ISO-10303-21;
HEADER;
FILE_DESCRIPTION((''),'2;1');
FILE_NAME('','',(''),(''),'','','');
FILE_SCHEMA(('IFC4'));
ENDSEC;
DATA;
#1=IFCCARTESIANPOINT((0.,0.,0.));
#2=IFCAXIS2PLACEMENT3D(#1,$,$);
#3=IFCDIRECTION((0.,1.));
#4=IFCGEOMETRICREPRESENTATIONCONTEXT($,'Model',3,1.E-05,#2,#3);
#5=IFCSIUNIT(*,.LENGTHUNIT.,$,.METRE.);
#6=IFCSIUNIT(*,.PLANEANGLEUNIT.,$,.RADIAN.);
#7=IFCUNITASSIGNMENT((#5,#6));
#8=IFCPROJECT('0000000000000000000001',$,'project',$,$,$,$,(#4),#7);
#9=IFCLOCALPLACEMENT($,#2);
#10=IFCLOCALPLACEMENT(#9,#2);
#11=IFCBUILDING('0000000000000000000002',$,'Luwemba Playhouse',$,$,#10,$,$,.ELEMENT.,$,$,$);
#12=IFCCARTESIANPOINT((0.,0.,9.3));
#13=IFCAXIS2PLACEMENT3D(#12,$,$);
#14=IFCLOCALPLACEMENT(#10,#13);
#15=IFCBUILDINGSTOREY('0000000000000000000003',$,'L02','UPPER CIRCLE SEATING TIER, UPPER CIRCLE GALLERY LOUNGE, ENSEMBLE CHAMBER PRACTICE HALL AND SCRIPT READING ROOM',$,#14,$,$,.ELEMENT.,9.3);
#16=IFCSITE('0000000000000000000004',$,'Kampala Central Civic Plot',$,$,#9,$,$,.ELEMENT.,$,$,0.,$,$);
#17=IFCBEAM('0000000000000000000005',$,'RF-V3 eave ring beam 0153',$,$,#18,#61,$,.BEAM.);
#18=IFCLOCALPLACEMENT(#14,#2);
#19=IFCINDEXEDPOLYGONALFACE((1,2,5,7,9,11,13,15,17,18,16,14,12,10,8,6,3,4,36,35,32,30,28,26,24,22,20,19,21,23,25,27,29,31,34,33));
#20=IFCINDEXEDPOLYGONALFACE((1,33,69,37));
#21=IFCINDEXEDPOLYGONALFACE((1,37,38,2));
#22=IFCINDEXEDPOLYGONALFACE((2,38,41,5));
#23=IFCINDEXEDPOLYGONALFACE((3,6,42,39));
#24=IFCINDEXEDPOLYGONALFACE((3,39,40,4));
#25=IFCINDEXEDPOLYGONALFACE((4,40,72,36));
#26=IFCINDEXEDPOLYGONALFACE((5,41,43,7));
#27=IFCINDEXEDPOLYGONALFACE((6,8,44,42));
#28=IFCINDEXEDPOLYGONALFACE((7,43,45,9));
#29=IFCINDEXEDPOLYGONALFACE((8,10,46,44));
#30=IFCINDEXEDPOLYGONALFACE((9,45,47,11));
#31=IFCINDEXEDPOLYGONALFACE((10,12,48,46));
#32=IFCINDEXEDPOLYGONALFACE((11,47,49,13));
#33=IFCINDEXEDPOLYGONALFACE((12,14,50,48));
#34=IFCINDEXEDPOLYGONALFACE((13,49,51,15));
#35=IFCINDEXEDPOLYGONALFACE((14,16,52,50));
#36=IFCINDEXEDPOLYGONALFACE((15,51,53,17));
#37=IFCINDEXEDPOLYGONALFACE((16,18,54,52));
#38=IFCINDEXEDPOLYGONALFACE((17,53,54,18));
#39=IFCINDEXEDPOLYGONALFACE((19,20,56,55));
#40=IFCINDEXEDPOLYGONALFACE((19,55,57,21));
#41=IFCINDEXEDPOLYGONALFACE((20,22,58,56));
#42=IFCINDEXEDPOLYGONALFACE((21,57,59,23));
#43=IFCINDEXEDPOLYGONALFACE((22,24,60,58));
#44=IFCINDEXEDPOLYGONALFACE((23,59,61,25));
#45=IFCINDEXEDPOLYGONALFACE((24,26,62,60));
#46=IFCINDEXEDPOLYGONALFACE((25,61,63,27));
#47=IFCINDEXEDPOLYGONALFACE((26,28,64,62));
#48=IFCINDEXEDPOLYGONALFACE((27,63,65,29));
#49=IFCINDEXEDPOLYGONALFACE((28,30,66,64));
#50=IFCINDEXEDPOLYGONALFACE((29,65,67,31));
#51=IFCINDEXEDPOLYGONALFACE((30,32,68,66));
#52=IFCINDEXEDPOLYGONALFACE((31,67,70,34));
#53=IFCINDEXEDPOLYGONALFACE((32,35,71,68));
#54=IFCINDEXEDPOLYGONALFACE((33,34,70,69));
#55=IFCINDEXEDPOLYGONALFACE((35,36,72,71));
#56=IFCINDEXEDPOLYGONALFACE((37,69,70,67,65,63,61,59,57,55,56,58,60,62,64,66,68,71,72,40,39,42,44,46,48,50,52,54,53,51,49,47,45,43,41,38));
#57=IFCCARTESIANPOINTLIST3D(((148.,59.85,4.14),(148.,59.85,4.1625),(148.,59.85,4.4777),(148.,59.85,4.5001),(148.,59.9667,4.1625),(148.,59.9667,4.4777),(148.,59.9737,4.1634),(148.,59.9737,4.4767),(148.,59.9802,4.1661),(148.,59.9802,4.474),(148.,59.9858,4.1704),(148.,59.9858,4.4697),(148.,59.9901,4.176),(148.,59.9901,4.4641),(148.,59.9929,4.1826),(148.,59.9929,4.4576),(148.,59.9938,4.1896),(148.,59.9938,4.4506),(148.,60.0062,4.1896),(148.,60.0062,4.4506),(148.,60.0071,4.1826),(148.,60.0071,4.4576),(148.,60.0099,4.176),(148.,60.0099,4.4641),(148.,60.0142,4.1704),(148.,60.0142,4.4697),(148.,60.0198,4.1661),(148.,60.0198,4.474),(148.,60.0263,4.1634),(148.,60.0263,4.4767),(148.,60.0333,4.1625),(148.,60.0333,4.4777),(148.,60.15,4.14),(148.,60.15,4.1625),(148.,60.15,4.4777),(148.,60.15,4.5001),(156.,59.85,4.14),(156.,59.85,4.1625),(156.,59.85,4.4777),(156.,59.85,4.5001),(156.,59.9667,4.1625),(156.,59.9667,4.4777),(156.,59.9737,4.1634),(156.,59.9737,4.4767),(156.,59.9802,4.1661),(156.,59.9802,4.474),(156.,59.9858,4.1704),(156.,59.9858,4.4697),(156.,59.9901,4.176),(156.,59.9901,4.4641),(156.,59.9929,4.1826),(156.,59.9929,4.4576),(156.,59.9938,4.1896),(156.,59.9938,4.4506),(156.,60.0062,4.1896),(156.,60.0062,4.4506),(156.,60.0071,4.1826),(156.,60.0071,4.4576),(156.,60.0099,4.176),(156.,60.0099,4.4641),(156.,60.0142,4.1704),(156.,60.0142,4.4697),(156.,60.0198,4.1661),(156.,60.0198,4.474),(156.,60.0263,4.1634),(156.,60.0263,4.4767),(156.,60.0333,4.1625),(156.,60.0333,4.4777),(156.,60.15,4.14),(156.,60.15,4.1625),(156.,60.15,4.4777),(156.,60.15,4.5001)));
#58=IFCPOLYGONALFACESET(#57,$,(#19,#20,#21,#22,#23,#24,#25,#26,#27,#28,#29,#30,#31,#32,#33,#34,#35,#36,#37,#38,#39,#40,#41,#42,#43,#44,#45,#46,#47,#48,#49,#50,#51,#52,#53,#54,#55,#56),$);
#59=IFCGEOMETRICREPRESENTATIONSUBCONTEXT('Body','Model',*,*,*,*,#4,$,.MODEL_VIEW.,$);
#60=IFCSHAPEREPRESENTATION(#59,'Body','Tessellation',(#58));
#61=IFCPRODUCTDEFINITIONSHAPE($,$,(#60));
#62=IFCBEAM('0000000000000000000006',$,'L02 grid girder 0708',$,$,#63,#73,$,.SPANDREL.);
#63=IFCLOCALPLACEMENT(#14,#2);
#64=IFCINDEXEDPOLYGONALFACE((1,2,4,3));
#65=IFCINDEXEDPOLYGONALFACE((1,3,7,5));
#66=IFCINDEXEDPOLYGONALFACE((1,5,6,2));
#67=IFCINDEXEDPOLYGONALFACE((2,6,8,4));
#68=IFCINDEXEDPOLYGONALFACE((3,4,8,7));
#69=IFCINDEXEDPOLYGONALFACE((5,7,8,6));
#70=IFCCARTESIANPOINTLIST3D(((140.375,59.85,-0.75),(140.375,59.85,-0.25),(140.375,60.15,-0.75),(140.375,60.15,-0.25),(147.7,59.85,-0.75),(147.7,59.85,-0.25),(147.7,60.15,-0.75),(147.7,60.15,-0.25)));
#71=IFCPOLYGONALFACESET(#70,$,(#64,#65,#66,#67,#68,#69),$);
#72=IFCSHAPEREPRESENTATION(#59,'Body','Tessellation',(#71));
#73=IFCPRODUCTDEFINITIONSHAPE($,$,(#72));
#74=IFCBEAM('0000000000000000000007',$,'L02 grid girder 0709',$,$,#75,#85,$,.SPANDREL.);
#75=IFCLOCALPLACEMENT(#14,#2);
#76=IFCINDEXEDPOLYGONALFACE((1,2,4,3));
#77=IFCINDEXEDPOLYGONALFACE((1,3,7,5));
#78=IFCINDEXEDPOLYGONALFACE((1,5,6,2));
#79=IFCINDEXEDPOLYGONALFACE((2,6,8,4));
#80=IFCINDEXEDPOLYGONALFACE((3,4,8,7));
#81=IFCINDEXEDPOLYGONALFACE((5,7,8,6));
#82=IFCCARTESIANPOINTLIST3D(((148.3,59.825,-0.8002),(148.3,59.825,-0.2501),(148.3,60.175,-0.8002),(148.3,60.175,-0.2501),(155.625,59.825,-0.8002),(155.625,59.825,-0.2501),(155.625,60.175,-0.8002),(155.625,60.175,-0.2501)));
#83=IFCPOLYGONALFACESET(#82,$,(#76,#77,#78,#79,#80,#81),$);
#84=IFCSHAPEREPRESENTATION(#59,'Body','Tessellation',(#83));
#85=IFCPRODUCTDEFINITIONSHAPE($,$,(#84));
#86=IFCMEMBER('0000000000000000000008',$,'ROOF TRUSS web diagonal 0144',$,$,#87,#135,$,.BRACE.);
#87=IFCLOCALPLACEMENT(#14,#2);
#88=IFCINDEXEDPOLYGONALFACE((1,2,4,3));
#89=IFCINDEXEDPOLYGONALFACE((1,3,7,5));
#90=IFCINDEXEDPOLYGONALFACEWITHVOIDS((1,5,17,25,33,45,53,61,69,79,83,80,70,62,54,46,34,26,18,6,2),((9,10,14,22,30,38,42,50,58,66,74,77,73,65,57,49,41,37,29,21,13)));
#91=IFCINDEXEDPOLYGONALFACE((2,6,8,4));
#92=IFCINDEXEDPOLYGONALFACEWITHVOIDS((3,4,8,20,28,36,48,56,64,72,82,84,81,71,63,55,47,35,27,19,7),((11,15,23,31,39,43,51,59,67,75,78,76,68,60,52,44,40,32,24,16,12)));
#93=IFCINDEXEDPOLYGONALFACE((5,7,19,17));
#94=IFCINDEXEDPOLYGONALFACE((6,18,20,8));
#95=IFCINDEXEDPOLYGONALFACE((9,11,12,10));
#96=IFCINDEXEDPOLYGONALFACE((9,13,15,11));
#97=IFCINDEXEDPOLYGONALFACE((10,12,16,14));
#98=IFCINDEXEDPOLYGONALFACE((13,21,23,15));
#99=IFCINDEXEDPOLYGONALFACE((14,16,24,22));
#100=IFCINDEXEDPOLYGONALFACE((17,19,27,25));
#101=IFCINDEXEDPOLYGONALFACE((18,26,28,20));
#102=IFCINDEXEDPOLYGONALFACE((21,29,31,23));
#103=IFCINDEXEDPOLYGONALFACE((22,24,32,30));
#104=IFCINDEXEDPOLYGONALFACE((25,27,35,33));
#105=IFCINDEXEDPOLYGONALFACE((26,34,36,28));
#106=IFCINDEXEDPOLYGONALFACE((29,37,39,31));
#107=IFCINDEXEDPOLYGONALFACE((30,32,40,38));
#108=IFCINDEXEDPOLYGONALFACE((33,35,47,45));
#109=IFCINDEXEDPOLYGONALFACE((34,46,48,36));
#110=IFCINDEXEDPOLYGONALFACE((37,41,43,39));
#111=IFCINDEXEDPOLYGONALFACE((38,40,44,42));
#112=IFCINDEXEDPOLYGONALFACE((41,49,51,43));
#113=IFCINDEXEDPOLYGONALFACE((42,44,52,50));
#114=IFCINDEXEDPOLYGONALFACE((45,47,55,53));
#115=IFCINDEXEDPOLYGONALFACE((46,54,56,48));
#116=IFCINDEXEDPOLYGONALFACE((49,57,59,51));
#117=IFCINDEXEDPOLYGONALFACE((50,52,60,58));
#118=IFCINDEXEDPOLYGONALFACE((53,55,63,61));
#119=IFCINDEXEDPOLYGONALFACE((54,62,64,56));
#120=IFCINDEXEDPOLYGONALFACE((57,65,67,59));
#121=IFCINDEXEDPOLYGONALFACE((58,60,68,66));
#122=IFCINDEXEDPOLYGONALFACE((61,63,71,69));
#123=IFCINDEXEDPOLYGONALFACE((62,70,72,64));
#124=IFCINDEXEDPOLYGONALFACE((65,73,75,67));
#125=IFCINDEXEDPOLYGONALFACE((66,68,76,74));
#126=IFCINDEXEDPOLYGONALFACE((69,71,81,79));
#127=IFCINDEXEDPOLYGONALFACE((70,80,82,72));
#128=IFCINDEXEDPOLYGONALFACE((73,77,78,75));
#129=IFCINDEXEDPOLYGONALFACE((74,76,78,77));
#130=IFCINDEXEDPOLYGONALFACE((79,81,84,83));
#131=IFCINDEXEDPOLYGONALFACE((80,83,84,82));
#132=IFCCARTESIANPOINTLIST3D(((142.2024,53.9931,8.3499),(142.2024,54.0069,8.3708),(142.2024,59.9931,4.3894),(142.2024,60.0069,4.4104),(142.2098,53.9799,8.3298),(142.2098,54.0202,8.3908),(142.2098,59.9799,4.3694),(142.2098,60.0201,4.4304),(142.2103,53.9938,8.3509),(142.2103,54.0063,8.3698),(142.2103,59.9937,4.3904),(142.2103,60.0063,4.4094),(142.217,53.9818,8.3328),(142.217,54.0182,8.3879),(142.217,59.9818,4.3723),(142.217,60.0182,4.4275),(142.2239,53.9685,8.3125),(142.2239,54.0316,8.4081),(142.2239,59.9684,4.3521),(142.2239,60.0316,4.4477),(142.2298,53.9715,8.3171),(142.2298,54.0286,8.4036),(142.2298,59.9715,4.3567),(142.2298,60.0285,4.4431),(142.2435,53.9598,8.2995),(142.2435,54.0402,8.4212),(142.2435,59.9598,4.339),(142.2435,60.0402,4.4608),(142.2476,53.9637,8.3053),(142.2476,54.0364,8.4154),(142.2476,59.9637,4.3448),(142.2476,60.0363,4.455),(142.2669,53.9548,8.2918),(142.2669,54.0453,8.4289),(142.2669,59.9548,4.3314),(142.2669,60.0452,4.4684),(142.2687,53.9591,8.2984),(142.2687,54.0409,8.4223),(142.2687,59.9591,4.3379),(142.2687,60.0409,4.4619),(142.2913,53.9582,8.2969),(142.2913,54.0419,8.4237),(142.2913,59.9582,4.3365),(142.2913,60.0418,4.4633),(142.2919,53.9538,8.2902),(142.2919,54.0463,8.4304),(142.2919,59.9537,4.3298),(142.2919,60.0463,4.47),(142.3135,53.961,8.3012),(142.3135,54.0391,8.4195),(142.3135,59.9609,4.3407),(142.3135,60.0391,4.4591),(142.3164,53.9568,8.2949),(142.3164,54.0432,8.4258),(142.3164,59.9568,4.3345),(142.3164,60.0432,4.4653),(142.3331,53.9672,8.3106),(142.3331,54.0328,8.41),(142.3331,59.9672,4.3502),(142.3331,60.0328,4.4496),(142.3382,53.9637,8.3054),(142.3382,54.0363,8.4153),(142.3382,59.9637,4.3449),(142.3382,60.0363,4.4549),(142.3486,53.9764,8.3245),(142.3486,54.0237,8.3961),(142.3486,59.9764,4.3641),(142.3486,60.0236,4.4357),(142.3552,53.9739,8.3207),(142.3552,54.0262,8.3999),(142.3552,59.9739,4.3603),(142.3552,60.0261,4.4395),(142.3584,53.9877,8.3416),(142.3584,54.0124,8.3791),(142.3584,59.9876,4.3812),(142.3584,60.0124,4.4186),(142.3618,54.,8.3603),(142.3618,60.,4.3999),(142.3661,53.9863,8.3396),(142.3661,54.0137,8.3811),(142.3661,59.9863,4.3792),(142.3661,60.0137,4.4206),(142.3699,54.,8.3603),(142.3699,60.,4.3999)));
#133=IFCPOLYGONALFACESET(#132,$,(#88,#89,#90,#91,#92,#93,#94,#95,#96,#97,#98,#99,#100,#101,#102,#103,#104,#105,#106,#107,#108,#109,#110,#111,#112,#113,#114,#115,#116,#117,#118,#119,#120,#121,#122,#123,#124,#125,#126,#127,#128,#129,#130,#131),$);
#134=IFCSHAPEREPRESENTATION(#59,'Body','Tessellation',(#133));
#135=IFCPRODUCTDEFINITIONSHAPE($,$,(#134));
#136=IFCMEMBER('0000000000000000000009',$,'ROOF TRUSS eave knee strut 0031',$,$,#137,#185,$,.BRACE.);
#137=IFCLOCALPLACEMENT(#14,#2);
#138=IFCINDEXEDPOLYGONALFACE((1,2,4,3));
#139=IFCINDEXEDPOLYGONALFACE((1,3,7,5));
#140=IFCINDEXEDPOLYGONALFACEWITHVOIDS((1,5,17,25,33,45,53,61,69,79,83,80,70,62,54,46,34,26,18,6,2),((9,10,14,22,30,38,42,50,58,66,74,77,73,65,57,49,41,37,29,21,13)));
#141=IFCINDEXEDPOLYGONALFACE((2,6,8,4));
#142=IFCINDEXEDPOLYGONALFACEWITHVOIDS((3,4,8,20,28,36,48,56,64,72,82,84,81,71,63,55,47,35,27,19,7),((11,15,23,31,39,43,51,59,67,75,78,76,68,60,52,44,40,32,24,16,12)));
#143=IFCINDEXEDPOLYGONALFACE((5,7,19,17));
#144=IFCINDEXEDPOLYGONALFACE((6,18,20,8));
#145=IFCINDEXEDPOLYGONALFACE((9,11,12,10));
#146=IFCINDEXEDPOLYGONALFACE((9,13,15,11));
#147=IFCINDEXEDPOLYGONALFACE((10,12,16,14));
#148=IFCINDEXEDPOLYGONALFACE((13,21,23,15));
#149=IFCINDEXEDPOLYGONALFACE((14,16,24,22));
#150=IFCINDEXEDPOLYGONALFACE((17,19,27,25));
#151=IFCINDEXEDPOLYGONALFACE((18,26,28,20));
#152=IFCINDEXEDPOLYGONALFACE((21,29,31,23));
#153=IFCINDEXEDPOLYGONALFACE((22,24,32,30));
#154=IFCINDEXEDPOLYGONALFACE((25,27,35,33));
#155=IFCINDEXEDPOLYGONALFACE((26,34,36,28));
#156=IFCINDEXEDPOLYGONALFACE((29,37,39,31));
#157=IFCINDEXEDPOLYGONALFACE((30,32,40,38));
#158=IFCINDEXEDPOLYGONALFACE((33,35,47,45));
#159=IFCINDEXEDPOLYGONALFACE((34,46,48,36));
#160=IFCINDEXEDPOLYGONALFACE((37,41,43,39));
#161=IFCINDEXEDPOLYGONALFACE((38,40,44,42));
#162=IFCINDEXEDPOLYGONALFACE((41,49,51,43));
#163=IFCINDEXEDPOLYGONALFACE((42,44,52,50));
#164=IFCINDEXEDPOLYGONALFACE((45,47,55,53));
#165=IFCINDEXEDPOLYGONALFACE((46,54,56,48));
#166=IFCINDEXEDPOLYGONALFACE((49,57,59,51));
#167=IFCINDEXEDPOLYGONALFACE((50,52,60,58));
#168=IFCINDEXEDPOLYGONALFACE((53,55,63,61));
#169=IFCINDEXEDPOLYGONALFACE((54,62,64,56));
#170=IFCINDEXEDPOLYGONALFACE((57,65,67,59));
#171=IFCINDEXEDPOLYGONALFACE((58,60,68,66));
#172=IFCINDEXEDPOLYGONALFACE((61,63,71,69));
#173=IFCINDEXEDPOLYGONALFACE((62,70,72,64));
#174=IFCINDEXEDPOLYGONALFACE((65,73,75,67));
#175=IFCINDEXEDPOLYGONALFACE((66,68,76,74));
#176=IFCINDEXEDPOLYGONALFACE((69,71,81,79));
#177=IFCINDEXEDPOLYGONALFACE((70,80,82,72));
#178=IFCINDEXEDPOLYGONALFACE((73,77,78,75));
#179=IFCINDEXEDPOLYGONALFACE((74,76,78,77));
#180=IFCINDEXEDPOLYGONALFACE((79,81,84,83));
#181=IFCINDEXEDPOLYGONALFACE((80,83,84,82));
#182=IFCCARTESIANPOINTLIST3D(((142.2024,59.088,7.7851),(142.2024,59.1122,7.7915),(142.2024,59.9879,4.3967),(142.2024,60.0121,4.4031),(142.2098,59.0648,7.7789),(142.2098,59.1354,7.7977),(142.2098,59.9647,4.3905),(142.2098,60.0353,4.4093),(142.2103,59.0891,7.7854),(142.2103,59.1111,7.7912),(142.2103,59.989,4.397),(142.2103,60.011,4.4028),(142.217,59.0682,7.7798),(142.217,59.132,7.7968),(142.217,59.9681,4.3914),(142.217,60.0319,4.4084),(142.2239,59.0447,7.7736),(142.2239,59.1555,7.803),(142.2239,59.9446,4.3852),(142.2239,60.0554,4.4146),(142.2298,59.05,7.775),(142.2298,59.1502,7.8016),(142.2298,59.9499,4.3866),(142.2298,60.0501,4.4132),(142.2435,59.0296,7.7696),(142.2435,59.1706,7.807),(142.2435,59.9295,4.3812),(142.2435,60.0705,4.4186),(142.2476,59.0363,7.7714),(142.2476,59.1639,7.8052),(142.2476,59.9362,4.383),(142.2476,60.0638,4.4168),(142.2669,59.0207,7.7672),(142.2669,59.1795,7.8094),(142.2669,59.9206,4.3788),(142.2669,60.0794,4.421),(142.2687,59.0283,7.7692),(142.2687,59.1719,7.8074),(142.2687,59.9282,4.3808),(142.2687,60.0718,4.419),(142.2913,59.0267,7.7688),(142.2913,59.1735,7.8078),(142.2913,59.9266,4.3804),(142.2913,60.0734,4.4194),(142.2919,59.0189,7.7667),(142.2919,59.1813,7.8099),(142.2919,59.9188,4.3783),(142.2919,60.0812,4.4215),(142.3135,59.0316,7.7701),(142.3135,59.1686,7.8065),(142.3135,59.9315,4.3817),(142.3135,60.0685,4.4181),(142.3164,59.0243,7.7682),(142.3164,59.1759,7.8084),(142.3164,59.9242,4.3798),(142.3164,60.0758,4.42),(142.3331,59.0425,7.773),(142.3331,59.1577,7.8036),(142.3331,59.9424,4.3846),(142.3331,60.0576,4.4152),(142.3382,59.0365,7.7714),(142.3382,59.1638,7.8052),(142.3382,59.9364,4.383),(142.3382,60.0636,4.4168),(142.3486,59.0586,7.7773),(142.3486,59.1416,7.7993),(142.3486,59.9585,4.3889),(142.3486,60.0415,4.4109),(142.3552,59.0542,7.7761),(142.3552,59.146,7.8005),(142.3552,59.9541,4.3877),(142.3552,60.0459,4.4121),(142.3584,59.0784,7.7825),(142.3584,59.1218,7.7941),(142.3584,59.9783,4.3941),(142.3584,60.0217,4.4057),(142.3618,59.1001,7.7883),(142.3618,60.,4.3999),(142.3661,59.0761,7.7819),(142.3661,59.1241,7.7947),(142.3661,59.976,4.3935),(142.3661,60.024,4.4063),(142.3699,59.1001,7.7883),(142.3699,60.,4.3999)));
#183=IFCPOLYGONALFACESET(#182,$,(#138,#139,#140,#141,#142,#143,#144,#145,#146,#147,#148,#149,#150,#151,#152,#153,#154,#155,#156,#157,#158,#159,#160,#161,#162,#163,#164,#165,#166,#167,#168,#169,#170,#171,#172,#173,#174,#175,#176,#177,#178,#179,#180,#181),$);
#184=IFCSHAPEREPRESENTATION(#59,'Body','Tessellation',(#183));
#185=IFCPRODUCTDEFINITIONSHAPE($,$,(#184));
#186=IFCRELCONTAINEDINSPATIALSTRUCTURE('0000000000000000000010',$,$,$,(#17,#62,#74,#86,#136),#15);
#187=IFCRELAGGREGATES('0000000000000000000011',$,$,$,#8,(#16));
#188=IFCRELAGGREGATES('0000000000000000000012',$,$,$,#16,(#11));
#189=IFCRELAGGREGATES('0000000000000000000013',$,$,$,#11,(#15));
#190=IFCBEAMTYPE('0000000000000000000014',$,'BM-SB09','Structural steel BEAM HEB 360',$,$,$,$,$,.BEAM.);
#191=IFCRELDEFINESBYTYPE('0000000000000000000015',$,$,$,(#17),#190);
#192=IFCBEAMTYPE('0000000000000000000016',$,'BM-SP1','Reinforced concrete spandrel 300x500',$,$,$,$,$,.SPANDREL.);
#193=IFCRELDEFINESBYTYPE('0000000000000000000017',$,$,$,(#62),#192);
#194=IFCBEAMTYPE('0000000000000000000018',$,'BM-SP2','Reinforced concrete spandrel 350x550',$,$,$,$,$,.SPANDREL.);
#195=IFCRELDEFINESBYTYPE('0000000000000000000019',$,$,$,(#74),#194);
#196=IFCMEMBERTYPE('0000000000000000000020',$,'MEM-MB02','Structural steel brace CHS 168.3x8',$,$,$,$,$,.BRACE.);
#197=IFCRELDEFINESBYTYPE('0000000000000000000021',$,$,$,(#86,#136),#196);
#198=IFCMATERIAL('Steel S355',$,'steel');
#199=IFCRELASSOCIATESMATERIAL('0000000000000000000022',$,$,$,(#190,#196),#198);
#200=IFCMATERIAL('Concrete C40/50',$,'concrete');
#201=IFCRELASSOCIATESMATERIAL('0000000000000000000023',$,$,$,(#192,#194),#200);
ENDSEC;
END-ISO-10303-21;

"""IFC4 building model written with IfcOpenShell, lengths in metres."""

from ifc_helpers import new_model, si_unit, direction, frame, origin, origin_2d, place, context, subcontext, project, spatial, rectangle, hollow_circle, i_section, extrude, material, material_profile, profile_set, type_object, element, save


model = new_model("IFC4")

# Units and contexts
model_context = context("Model", 3, precision=1e-05, world=origin(), true_north=direction((0.0, 1.0)))
body_context = subcontext(model_context, "Body", "Model", "MODEL_VIEW")
ifc_project = project(units=[si_unit("LENGTHUNIT", "METRE"), si_unit("PLANEANGLEUNIT", "RADIAN")], contexts=[model_context])

# Site, building, storey
site_placement = place(None, origin())
site = spatial("IfcSite", under=ifc_project, at=site_placement, Name="Kampala Central Civic Plot", CompositionType="ELEMENT", RefElevation=0.0)
building_placement = place(site_placement, origin())
building = spatial("IfcBuilding", under=site, at=building_placement, Name="Luwemba Playhouse", CompositionType="ELEMENT")
storey_placement = place(building_placement, frame((0.0, 0.0, 9.3)))
storey = spatial("IfcBuildingStorey", under=building, at=storey_placement, Name="L02", Description="UPPER CIRCLE SEATING TIER, UPPER CIRCLE GALLERY LOUNGE, ENSEMBLE CHAMBER PRACTICE HALL AND SCRIPT READING ROOM", CompositionType="ELEMENT", Elevation=9.3)

# Shared definitions
ifc_material_1 = material(Name="Concrete C40/50", Category="concrete")
ifc_material_2 = material(Name="Steel S355", Category="steel")

# Beams
ifc_material_profile_1 = material_profile(ifc_material_2, i_section(OverallWidth=0.3, OverallDepth=0.3601, WebThickness=0.0125, FlangeThickness=0.0225, FilletRadius=0.0271, at=origin_2d()))
ifc_profile_set_1 = profile_set([ifc_material_profile_1], Name="Steel S355")
beam_type_1 = type_object("IfcBeamType", Name="BM-SB09", Description="Structural steel BEAM HEB 360", PredefinedType="BEAM", material=ifc_profile_set_1)
for number, where, z_axis, x_axis, name in (
    (1, (148.0, 60.0, 4.3201), (1.0, 0.0, 0.0), (0.0, 1.0, 0.0), "RF-V3 eave ring beam 0153"),
):
    element("IfcBeam", number, at=place(storey_placement, frame(where, z_axis=z_axis, x_axis=x_axis)), inside=storey, type_object=beam_type_1, Name=name, PredefinedType="BEAM", context=body_context, shape_type="SweptSolid", body=[
        extrude(i_section(OverallWidth=0.3, OverallDepth=0.3601, WebThickness=0.0125, FlangeThickness=0.0225, FilletRadius=0.0271, at=origin_2d()), origin(), (0.0, 0.0, 1.0), 8.0),
    ])
ifc_material_profile_2 = material_profile(ifc_material_1, rectangle(XDim=0.3, YDim=0.5, at=origin_2d()))
ifc_profile_set_2 = profile_set([ifc_material_profile_2], Name="Concrete C40/50")
beam_type_2 = type_object("IfcBeamType", Name="BM-SP1", Description="Reinforced concrete spandrel 300x500", PredefinedType="SPANDREL", material=ifc_profile_set_2)
beam_1_placement = place(storey_placement, frame((140.375, 60.0, -0.5), z_axis=(1.0, 0.0, 0.0), x_axis=(0.0, 1.0, 0.0)))
element("IfcBeam", 2, at=beam_1_placement, inside=storey, type_object=beam_type_2, Name="L02 grid girder 0708", PredefinedType="SPANDREL", context=body_context, shape_type="SweptSolid", body=[
    extrude(rectangle(XDim=0.3, YDim=0.5, at=origin_2d()), origin(), (0.0, 0.0, 1.0), 7.325),
])
ifc_material_profile_3 = material_profile(ifc_material_1, rectangle(XDim=0.3501, YDim=0.55, at=origin_2d()))
ifc_profile_set_3 = profile_set([ifc_material_profile_3], Name="Concrete C40/50")
beam_type_3 = type_object("IfcBeamType", Name="BM-SP2", Description="Reinforced concrete spandrel 350x550", PredefinedType="SPANDREL", material=ifc_profile_set_3)
beam_2_placement = place(storey_placement, frame((148.3, 60.0, -0.5251), z_axis=(1.0, 0.0, 0.0), x_axis=(0.0, 1.0, 0.0)))
element("IfcBeam", 3, at=beam_2_placement, inside=storey, type_object=beam_type_3, Name="L02 grid girder 0709", PredefinedType="SPANDREL", context=body_context, shape_type="SweptSolid", body=[
    extrude(rectangle(XDim=0.3501, YDim=0.55, at=origin_2d()), origin(), (0.0, 0.0, 1.0), 7.325),
])

# Members
ifc_material_profile_4 = material_profile(ifc_material_2, hollow_circle(Radius=0.0842, WallThickness=0.0081, at=origin_2d()))
ifc_profile_set_4 = profile_set([ifc_material_profile_4], Name="Steel S355")
member_type_1 = type_object("IfcMemberType", Name="MEM-MB02", Description="Structural steel brace CHS 168.3x8", PredefinedType="BRACE", material=ifc_profile_set_4)
member_1_placement = place(storey_placement, frame((142.2856, 60.0, 4.3999), z_axis=(0.0, -0.834581, 0.550886), x_axis=(1.0, 0.0, 0.0)))
element("IfcMember", 4, at=member_1_placement, inside=storey, type_object=member_type_1, Name="ROOF TRUSS web diagonal 0144", PredefinedType="BRACE", context=body_context, shape_type="SweptSolid", body=[
    extrude(hollow_circle(Radius=0.0842, WallThickness=0.0081, at=origin_2d()), origin(), (0.0, 0.0, 1.0), 7.1892),
])
member_2_placement = place(storey_placement, frame((142.2856, 60.0, 4.3999), z_axis=(0.0, -0.256683, 0.966496), x_axis=(1.0, 0.0, 0.0)))
element("IfcMember", 5, at=member_2_placement, inside=storey, type_object=member_type_1, Name="ROOF TRUSS eave knee strut 0031", PredefinedType="BRACE", context=body_context, shape_type="SweptSolid", body=[
    extrude(hollow_circle(Radius=0.0842, WallThickness=0.0081, at=origin_2d()), origin(), (0.0, 0.0, 1.0), 3.5059),
])

save(model, "model.ifc")
